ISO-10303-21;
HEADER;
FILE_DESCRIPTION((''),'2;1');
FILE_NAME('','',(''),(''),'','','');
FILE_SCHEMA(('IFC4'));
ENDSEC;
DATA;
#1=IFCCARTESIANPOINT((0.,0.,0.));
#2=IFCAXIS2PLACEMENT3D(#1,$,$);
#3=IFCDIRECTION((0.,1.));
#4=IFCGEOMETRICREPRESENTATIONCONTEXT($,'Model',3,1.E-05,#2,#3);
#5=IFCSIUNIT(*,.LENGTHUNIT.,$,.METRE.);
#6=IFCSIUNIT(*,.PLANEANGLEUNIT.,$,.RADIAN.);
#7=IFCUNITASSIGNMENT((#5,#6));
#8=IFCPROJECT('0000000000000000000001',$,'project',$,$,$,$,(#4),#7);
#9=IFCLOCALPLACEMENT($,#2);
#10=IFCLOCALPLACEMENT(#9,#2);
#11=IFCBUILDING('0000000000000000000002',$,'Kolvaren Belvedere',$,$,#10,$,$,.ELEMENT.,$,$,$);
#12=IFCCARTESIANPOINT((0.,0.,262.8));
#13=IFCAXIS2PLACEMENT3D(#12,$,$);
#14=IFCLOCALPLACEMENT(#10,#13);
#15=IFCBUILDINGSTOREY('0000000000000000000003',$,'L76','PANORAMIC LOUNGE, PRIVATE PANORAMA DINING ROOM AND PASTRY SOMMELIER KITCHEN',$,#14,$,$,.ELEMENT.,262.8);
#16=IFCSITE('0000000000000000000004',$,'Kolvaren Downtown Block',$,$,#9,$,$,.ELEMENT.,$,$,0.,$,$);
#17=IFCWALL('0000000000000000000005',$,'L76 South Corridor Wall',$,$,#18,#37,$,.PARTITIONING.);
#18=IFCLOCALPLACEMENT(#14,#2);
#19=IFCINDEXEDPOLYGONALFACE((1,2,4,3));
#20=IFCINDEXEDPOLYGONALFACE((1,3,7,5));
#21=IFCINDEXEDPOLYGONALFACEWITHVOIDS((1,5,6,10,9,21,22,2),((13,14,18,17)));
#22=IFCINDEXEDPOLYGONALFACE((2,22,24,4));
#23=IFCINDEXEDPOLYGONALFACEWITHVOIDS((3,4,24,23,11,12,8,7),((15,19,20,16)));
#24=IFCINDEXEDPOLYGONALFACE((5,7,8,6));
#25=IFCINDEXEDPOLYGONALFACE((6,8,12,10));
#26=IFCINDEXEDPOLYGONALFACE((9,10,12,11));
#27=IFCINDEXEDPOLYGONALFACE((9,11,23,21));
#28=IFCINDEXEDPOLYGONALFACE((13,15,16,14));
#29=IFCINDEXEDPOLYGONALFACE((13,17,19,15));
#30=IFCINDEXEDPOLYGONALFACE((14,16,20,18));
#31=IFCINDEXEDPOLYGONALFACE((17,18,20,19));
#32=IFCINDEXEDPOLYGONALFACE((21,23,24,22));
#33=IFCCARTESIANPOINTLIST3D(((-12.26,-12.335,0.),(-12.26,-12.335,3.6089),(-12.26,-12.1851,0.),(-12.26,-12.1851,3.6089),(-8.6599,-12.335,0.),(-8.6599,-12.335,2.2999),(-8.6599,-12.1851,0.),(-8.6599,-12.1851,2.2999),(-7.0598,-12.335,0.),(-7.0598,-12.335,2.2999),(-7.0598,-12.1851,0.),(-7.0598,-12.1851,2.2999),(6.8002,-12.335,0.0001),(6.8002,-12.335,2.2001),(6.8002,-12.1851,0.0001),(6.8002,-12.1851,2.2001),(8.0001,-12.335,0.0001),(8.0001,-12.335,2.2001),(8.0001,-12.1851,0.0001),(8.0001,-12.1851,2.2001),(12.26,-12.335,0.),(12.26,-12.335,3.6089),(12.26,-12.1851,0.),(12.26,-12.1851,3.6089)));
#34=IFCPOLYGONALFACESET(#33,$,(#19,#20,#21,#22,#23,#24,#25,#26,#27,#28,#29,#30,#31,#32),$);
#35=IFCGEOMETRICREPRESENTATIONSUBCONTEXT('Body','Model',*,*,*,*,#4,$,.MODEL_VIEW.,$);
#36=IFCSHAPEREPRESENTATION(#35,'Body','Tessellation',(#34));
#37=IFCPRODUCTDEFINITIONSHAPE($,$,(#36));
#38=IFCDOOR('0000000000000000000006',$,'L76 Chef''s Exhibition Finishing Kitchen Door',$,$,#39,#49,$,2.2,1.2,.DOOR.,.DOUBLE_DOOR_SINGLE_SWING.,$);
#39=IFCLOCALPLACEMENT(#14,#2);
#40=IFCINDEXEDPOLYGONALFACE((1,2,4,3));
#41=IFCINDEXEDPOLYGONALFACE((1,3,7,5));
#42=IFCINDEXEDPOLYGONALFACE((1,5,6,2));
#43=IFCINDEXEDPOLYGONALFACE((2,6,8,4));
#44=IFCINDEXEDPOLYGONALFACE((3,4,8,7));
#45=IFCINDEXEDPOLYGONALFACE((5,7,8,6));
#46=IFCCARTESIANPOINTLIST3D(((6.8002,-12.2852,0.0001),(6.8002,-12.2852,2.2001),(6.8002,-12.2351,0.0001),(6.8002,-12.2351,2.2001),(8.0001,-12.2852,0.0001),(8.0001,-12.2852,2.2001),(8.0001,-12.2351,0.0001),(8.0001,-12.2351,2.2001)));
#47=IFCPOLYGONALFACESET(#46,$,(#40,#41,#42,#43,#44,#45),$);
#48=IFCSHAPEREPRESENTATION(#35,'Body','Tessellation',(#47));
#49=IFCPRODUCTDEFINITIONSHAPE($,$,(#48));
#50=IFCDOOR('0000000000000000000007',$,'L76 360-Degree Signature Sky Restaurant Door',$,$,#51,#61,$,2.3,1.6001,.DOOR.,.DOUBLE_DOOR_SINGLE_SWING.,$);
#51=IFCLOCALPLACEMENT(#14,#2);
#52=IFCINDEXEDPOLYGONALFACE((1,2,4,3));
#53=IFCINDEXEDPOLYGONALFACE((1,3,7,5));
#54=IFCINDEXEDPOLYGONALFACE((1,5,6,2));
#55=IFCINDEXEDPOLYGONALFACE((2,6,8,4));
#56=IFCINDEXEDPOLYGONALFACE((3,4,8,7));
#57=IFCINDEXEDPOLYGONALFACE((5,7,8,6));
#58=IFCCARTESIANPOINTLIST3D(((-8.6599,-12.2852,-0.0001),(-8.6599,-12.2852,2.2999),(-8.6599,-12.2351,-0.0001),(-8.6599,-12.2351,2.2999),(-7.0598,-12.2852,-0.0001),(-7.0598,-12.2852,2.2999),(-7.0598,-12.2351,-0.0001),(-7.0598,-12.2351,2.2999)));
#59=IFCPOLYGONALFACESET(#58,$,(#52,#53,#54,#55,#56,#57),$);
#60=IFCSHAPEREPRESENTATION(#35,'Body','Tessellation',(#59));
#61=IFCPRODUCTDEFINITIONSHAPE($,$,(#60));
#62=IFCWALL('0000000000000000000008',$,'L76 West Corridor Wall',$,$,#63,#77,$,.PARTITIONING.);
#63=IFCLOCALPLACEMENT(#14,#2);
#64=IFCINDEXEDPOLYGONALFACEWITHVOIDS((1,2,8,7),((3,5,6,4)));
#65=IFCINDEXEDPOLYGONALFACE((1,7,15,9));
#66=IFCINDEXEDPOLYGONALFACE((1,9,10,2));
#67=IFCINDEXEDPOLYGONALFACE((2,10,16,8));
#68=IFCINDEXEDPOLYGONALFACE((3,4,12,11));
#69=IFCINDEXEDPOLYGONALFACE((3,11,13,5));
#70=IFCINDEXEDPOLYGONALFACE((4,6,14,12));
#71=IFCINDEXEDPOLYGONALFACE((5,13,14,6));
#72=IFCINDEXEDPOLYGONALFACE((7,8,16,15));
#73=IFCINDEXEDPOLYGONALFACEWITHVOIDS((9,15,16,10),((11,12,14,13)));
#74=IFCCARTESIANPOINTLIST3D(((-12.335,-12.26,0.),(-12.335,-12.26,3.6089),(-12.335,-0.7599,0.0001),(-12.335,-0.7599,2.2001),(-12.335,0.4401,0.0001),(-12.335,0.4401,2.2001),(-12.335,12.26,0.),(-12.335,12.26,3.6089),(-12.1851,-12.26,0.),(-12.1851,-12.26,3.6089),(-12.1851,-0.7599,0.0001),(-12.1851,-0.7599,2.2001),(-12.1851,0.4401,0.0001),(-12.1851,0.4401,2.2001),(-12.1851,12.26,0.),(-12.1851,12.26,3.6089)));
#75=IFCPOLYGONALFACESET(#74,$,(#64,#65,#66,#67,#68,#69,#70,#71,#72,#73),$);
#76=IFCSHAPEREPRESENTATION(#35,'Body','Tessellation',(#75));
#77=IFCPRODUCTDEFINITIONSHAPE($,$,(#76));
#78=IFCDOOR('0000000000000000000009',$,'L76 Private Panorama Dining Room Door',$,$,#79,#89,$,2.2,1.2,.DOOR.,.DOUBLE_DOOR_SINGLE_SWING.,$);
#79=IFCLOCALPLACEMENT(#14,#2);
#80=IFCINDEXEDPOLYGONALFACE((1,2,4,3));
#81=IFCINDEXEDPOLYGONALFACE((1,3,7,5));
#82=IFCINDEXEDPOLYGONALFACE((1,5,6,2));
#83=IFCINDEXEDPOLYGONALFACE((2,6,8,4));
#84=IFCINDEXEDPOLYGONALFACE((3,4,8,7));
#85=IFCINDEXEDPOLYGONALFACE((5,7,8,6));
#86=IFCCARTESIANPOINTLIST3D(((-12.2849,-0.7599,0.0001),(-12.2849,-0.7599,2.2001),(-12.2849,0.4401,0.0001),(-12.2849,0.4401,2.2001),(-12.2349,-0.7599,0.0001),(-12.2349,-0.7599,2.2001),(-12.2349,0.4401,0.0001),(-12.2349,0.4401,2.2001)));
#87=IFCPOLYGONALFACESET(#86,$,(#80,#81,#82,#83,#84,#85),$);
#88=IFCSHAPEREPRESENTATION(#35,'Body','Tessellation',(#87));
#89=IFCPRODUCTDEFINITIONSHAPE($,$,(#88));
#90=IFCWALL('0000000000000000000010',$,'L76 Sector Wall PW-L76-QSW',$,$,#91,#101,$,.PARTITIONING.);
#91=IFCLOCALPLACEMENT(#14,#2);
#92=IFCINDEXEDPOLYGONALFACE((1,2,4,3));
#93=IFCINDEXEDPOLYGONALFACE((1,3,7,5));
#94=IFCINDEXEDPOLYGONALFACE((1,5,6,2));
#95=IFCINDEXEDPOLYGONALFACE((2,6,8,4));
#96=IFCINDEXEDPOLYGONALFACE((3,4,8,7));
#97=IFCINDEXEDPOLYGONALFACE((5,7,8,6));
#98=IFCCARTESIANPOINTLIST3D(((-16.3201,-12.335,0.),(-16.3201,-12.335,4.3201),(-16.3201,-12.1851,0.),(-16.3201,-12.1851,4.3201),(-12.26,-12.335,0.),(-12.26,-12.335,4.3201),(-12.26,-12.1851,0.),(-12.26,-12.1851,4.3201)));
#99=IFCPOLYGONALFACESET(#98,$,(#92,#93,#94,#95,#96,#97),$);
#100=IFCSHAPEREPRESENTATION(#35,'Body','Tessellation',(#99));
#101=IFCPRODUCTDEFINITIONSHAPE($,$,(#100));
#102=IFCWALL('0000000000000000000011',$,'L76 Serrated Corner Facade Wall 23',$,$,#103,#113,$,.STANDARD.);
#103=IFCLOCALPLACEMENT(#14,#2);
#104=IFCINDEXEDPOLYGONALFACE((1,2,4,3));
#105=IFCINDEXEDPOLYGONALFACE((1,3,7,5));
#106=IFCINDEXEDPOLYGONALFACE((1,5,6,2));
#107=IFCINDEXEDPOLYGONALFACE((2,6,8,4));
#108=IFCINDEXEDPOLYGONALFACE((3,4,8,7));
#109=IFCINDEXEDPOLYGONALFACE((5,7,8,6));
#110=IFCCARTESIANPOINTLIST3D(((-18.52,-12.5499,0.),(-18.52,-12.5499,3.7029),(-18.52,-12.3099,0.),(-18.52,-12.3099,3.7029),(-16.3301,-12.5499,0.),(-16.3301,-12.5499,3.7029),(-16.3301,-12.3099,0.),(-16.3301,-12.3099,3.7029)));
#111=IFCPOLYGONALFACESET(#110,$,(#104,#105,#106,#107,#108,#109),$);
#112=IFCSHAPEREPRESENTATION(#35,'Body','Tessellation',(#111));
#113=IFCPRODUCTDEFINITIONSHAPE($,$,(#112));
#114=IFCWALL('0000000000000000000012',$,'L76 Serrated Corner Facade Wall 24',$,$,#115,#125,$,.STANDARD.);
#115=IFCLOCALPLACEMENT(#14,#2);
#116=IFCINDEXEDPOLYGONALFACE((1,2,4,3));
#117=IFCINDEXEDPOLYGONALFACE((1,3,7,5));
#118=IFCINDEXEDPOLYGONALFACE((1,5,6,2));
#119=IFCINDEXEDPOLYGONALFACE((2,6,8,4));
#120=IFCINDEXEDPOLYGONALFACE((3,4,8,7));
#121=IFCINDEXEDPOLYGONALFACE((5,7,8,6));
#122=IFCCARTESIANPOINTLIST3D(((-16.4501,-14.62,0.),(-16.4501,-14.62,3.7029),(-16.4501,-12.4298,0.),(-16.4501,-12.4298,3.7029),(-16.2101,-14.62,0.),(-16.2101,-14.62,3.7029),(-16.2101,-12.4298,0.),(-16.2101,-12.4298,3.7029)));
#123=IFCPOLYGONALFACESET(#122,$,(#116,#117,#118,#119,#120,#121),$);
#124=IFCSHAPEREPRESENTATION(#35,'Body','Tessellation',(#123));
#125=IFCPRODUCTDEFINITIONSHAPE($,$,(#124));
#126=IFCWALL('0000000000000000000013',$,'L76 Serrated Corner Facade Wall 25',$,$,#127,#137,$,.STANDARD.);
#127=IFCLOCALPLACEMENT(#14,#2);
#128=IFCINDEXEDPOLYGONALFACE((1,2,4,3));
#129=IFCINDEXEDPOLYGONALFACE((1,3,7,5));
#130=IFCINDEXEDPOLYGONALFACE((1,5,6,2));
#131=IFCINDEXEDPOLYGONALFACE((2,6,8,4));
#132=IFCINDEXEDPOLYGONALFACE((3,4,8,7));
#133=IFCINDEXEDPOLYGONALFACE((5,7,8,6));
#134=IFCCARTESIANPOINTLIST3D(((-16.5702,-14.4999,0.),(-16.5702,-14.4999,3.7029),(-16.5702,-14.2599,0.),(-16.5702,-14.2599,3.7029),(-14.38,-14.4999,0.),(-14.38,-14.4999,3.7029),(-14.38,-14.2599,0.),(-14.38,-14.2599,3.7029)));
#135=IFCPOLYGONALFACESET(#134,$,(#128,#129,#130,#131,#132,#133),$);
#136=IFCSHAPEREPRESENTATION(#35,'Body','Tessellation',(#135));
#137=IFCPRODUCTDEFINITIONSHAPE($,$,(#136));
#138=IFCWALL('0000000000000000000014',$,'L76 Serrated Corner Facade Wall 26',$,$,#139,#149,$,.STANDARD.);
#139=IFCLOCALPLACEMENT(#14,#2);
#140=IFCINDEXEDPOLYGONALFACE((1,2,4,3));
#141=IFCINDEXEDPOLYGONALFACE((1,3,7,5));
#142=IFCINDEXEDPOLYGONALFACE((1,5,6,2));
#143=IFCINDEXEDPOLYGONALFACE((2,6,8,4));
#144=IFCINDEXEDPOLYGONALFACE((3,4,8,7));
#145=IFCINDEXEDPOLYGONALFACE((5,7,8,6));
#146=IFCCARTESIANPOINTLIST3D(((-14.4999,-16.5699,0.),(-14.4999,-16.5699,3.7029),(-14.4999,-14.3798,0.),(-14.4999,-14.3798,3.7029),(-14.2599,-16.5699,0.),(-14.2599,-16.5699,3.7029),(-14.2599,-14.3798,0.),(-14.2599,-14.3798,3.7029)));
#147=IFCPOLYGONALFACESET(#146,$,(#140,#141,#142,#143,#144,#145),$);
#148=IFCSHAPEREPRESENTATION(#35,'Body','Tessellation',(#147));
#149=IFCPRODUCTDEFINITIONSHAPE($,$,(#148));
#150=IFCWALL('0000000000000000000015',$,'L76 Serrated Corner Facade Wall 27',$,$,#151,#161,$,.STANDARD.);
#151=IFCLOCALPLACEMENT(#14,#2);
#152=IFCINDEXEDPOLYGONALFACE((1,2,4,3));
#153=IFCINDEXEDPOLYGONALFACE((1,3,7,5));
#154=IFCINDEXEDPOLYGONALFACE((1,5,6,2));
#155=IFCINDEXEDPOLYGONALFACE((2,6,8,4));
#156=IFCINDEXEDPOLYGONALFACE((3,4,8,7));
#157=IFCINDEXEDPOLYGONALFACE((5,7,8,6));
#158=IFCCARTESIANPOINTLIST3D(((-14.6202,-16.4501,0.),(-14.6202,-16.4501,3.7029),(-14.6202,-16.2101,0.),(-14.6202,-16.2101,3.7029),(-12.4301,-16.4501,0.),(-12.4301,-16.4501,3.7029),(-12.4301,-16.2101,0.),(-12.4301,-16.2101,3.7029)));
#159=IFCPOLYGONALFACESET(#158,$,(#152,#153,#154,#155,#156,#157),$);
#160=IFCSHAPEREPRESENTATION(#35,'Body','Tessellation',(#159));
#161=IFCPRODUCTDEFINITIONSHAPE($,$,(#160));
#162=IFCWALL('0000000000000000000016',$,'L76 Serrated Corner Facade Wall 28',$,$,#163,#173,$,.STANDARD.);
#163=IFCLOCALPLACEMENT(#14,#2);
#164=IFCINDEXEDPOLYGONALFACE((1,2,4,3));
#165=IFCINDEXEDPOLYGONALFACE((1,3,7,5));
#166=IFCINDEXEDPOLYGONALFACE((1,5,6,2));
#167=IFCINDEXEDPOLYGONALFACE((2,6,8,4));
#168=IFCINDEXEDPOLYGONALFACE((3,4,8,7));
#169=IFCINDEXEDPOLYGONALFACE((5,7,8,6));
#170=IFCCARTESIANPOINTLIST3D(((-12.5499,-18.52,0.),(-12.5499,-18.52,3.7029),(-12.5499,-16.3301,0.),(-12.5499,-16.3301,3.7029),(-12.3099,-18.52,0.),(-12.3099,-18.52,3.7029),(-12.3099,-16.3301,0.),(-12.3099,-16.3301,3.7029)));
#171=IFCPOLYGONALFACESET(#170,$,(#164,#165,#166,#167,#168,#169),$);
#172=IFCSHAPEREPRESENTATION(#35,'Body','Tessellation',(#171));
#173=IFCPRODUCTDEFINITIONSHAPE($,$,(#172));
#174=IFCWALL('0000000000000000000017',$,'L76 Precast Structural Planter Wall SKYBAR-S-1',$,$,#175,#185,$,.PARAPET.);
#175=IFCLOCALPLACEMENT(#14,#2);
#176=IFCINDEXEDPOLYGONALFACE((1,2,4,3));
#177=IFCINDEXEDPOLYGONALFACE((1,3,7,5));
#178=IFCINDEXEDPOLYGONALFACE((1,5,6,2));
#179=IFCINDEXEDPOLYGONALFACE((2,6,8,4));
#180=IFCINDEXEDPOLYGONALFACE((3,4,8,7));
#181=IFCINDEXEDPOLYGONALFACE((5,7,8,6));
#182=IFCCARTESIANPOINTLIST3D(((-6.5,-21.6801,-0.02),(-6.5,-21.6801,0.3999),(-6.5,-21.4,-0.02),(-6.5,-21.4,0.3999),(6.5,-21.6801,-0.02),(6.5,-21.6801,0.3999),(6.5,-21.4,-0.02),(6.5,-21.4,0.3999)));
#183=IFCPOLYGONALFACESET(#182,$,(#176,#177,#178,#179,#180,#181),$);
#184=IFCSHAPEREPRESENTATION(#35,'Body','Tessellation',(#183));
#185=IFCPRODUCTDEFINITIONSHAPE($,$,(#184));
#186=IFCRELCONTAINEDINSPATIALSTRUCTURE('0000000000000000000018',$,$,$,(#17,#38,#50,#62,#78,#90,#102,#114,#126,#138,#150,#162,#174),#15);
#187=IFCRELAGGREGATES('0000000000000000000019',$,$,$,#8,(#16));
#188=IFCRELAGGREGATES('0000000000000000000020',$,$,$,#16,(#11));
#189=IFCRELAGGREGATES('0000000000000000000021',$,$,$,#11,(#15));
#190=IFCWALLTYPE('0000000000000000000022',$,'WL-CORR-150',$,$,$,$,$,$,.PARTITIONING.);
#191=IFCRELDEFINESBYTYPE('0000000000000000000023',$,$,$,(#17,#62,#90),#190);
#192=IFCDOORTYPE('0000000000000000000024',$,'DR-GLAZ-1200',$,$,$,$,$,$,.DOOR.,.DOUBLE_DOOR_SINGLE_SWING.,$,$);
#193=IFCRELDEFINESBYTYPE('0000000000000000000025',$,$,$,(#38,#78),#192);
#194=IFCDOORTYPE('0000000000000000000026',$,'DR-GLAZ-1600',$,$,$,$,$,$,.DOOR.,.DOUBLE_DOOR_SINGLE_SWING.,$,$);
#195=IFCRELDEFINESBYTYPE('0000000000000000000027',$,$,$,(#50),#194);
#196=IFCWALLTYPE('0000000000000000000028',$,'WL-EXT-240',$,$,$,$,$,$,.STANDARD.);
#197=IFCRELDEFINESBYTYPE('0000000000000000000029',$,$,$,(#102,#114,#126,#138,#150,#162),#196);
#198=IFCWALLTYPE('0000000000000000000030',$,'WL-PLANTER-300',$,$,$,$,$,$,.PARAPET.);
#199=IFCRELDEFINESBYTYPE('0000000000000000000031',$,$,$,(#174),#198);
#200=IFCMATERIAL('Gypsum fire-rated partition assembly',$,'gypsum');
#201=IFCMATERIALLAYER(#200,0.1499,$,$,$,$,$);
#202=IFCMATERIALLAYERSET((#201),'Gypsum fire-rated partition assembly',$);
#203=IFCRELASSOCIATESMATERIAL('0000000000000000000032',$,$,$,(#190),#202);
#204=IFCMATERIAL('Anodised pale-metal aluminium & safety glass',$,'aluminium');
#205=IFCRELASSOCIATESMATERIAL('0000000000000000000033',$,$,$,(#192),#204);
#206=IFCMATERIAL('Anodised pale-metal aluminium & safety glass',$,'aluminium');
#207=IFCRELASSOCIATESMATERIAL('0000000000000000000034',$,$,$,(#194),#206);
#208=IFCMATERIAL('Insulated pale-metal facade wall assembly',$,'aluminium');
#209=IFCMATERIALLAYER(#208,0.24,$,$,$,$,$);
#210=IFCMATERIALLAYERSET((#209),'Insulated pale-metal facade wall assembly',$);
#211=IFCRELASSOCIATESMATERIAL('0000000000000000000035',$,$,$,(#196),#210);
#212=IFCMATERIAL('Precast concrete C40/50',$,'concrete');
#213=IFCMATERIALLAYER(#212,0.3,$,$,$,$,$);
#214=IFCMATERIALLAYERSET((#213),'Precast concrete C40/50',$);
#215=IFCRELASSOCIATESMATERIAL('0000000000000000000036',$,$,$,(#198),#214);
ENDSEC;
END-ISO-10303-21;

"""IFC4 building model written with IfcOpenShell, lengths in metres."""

from ifc_helpers import new_model, si_unit, direction, frame, frame_2d, origin, place, context, subcontext, project, spatial, rectangle, extrude, material, layer, layer_set, type_object, element, fill, save


model = new_model("IFC4")

# Units and contexts
model_context = context("Model", 3, precision=1e-05, world=origin(), true_north=direction((0.0, 1.0)))
body_context = subcontext(model_context, "Body", "Model", "MODEL_VIEW")
ifc_project = project(units=[si_unit("LENGTHUNIT", "METRE"), si_unit("PLANEANGLEUNIT", "RADIAN")], contexts=[model_context])

# Site, building, storey
site_placement = place(None, origin())
site = spatial("IfcSite", under=ifc_project, at=site_placement, Name="Kolvaren Downtown Block", CompositionType="ELEMENT", RefElevation=0.0)
building_placement = place(site_placement, origin())
building = spatial("IfcBuilding", under=site, at=building_placement, Name="Kolvaren Belvedere", CompositionType="ELEMENT")
storey_placement = place(building_placement, frame((0.0, 0.0, 262.8)))
storey = spatial("IfcBuildingStorey", under=building, at=storey_placement, Name="L76", Description="PANORAMIC LOUNGE, PRIVATE PANORAMA DINING ROOM AND PASTRY SOMMELIER KITCHEN", CompositionType="ELEMENT", Elevation=262.8)

# Wall, openings, doors
ifc_material_1 = material(Name="Gypsum fire-rated partition assembly", Category="gypsum")
ifc_layer_1 = layer(ifc_material_1, 0.1499)
ifc_layer_set_1 = layer_set([ifc_layer_1], Name="Gypsum fire-rated partition assembly")
wall_type_1 = type_object("IfcWallType", Name="WL-CORR-150", PredefinedType="PARTITIONING", material=ifc_layer_set_1)
wall_1_placement = place(storey_placement, frame((-12.26, -12.26, 0.0), z_axis=(0.0, 0.0, 1.0), x_axis=(1.0, 0.0, 0.0)))
wall_1 = element("IfcWall", 1, at=wall_1_placement, inside=storey, type_object=wall_type_1, Name="L76 South Corridor Wall", PredefinedType="PARTITIONING", context=body_context, shape_type="SweptSolid", body=[
    extrude(rectangle(XDim=24.52, YDim=0.1499, at=frame_2d((12.26, 0.0))), origin(), (0.0, 0.0, 1.0), 3.6089),
])
opening_1_placement = place(wall_1_placement, frame((3.6001, 0.0, 0.0)))
opening_1 = element("IfcOpeningElement", 2, at=opening_1_placement, cuts=wall_1, PredefinedType="OPENING", context=body_context, shape_type="SweptSolid", body=[
    extrude(rectangle(XDim=1.6001, YDim=2.3, at=frame_2d((0.8, 1.1499))), frame((0.0, 0.085, 0.0), z_axis=(0.0, -1.0, 0.0), x_axis=(1.0, 0.0, 0.0)), (0.0, 0.0, 1.0), 0.1699),
])
opening_2_placement = place(wall_1_placement, frame((19.0601, 0.0, 0.0)))
opening_2 = element("IfcOpeningElement", 3, at=opening_2_placement, cuts=wall_1, PredefinedType="OPENING", context=body_context, shape_type="SweptSolid", body=[
    extrude(rectangle(XDim=1.2, YDim=2.2, at=frame_2d((0.6001, 1.1001))), frame((0.0, 0.085, 0.0), z_axis=(0.0, -1.0, 0.0), x_axis=(1.0, 0.0, 0.0)), (0.0, 0.0, 1.0), 0.1699),
])
ifc_material_2 = material(Name="Anodised pale-metal aluminium & safety glass", Category="aluminium")
door_type_1 = type_object("IfcDoorType", Name="DR-GLAZ-1200", OperationType="DOUBLE_DOOR_SINGLE_SWING", PredefinedType="DOOR", material=ifc_material_2)
door_1_placement = place(opening_2_placement, origin())
door_1 = element("IfcDoor", 4, at=door_1_placement, inside=storey, type_object=door_type_1, Name="L76 Chef's Exhibition Finishing Kitchen Door", OperationType="DOUBLE_DOOR_SINGLE_SWING", OverallHeight=2.2, OverallWidth=1.2, PredefinedType="DOOR", context=body_context, shape_type="SweptSolid", body=[
    extrude(rectangle(XDim=1.2, YDim=2.2, at=frame_2d((0.6001, 1.1001))), frame((0.0, 0.0249, 0.0), z_axis=(0.0, -1.0, 0.0), x_axis=(1.0, 0.0, 0.0)), (0.0, 0.0, 1.0), 0.05),
])
fill(opening_2, door_1)
ifc_material_3 = material(Name="Anodised pale-metal aluminium & safety glass", Category="aluminium")
door_type_2 = type_object("IfcDoorType", Name="DR-GLAZ-1600", OperationType="DOUBLE_DOOR_SINGLE_SWING", PredefinedType="DOOR", material=ifc_material_3)
door_2_placement = place(opening_1_placement, origin())
door_2 = element("IfcDoor", 5, at=door_2_placement, inside=storey, type_object=door_type_2, Name="L76 360-Degree Signature Sky Restaurant Door", OperationType="DOUBLE_DOOR_SINGLE_SWING", OverallHeight=2.3, OverallWidth=1.6001, PredefinedType="DOOR", context=body_context, shape_type="SweptSolid", body=[
    extrude(rectangle(XDim=1.6001, YDim=2.3, at=frame_2d((0.8, 1.1499))), frame((0.0, 0.0249, 0.0), z_axis=(0.0, -1.0, 0.0), x_axis=(1.0, 0.0, 0.0)), (0.0, 0.0, 1.0), 0.05),
])
fill(opening_1, door_2)

# Wall, opening, door
wall_2_placement = place(storey_placement, frame((-12.26, -12.26, 0.0), z_axis=(0.0, 0.0, 1.0), x_axis=(0.0, 1.0, 0.0)))
wall_2 = element("IfcWall", 6, at=wall_2_placement, inside=storey, type_object=wall_type_1, Name="L76 West Corridor Wall", PredefinedType="PARTITIONING", context=body_context, shape_type="SweptSolid", body=[
    extrude(rectangle(XDim=24.52, YDim=0.1499, at=frame_2d((12.26, 0.0))), origin(), (0.0, 0.0, 1.0), 3.6089),
])
opening_3_placement = place(wall_2_placement, frame((11.5, 0.0, 0.0)))
opening_3 = element("IfcOpeningElement", 7, at=opening_3_placement, cuts=wall_2, PredefinedType="OPENING", context=body_context, shape_type="SweptSolid", body=[
    extrude(rectangle(XDim=1.2, YDim=2.2, at=frame_2d((0.6001, 1.1001))), frame((0.0, 0.085, 0.0), z_axis=(0.0, -1.0, 0.0), x_axis=(1.0, 0.0, 0.0)), (0.0, 0.0, 1.0), 0.1699),
])
door_3_placement = place(opening_3_placement, origin())
door_3 = element("IfcDoor", 8, at=door_3_placement, inside=storey, type_object=door_type_1, Name="L76 Private Panorama Dining Room Door", OperationType="DOUBLE_DOOR_SINGLE_SWING", OverallHeight=2.2, OverallWidth=1.2, PredefinedType="DOOR", context=body_context, shape_type="SweptSolid", body=[
    extrude(rectangle(XDim=1.2, YDim=2.2, at=frame_2d((0.6001, 1.1001))), frame((0.0, 0.0249, 0.0), z_axis=(0.0, -1.0, 0.0), x_axis=(1.0, 0.0, 0.0)), (0.0, 0.0, 1.0), 0.05),
])
fill(opening_3, door_3)

# Walls
wall_3_placement = place(storey_placement, frame((-16.3201, -12.26, 0.0), z_axis=(0.0, 0.0, 1.0), x_axis=(1.0, 0.0, 0.0)))
element("IfcWall", 9, at=wall_3_placement, inside=storey, type_object=wall_type_1, Name="L76 Sector Wall PW-L76-QSW", PredefinedType="PARTITIONING", context=body_context, shape_type="SweptSolid", body=[
    extrude(rectangle(XDim=4.0601, YDim=0.1499, at=frame_2d((2.03, 0.0))), origin(), (0.0, 0.0, 1.0), 4.3201),
])
ifc_material_4 = material(Name="Insulated pale-metal facade wall assembly", Category="aluminium")
ifc_layer_2 = layer(ifc_material_4, 0.24)
ifc_layer_set_2 = layer_set([ifc_layer_2], Name="Insulated pale-metal facade wall assembly")
wall_type_2 = type_object("IfcWallType", Name="WL-EXT-240", PredefinedType="STANDARD", material=ifc_layer_set_2)
wall_4_placement = place(storey_placement, frame((-16.3301, -12.4299, 0.0), z_axis=(0.0, 0.0, 1.0), x_axis=(-1.0, 0.0, 0.0)))
element("IfcWall", 10, at=wall_4_placement, inside=storey, type_object=wall_type_2, Name="L76 Serrated Corner Facade Wall 23", PredefinedType="STANDARD", context=body_context, shape_type="SweptSolid", body=[
    extrude(rectangle(XDim=2.1899, YDim=0.24, at=frame_2d((1.095, 0.0))), origin(), (0.0, 0.0, 1.0), 3.7029),
])
for number, where, z_axis, x_axis, name in (
    (11, (-16.3301, -14.6201, 0.0), (0.0, 0.0, 1.0), (0.0, 1.0, 0.0), "L76 Serrated Corner Facade Wall 24"),
    (12, (-14.3799, -14.3799, 0.0), (0.0, 0.0, 1.0), (-1.0, 0.0, 0.0), "L76 Serrated Corner Facade Wall 25"),
    (13, (-14.3799, -16.5701, 0.0), (0.0, 0.0, 1.0), (0.0, 1.0, 0.0), "L76 Serrated Corner Facade Wall 26"),
    (14, (-12.4299, -16.3301, 0.0), (0.0, 0.0, 1.0), (-1.0, 0.0, 0.0), "L76 Serrated Corner Facade Wall 27"),
):
    element("IfcWall", number, at=place(storey_placement, frame(where, z_axis=z_axis, x_axis=x_axis)), inside=storey, type_object=wall_type_2, Name=name, PredefinedType="STANDARD", context=body_context, shape_type="SweptSolid", body=[
        extrude(rectangle(XDim=2.1902, YDim=0.24, at=frame_2d((1.0952, 0.0))), origin(), (0.0, 0.0, 1.0), 3.7029),
    ])
wall_5_placement = place(storey_placement, frame((-12.4299, -18.52, 0.0), z_axis=(0.0, 0.0, 1.0), x_axis=(0.0, 1.0, 0.0)))
element("IfcWall", 15, at=wall_5_placement, inside=storey, type_object=wall_type_2, Name="L76 Serrated Corner Facade Wall 28", PredefinedType="STANDARD", context=body_context, shape_type="SweptSolid", body=[
    extrude(rectangle(XDim=2.1899, YDim=0.24, at=frame_2d((1.095, 0.0))), origin(), (0.0, 0.0, 1.0), 3.7029),
])
ifc_material_5 = material(Name="Precast concrete C40/50", Category="concrete")
ifc_layer_3 = layer(ifc_material_5, 0.3)
ifc_layer_set_3 = layer_set([ifc_layer_3], Name="Precast concrete C40/50")
wall_type_3 = type_object("IfcWallType", Name="WL-PLANTER-300", PredefinedType="PARAPET", material=ifc_layer_set_3)
wall_6_placement = place(storey_placement, frame((-6.5, -21.54, -0.02), z_axis=(0.0, 0.0, 1.0), x_axis=(1.0, 0.0, 0.0)))
element("IfcWall", 16, at=wall_6_placement, inside=storey, type_object=wall_type_3, Name="L76 Precast Structural Planter Wall SKYBAR-S-1", PredefinedType="PARAPET", context=body_context, shape_type="SweptSolid", body=[
    extrude(rectangle(XDim=13.0, YDim=0.28, at=frame_2d((6.5, 0.0))), origin(), (0.0, 0.0, 1.0), 0.4199),
])

save(model, "model.ifc")
